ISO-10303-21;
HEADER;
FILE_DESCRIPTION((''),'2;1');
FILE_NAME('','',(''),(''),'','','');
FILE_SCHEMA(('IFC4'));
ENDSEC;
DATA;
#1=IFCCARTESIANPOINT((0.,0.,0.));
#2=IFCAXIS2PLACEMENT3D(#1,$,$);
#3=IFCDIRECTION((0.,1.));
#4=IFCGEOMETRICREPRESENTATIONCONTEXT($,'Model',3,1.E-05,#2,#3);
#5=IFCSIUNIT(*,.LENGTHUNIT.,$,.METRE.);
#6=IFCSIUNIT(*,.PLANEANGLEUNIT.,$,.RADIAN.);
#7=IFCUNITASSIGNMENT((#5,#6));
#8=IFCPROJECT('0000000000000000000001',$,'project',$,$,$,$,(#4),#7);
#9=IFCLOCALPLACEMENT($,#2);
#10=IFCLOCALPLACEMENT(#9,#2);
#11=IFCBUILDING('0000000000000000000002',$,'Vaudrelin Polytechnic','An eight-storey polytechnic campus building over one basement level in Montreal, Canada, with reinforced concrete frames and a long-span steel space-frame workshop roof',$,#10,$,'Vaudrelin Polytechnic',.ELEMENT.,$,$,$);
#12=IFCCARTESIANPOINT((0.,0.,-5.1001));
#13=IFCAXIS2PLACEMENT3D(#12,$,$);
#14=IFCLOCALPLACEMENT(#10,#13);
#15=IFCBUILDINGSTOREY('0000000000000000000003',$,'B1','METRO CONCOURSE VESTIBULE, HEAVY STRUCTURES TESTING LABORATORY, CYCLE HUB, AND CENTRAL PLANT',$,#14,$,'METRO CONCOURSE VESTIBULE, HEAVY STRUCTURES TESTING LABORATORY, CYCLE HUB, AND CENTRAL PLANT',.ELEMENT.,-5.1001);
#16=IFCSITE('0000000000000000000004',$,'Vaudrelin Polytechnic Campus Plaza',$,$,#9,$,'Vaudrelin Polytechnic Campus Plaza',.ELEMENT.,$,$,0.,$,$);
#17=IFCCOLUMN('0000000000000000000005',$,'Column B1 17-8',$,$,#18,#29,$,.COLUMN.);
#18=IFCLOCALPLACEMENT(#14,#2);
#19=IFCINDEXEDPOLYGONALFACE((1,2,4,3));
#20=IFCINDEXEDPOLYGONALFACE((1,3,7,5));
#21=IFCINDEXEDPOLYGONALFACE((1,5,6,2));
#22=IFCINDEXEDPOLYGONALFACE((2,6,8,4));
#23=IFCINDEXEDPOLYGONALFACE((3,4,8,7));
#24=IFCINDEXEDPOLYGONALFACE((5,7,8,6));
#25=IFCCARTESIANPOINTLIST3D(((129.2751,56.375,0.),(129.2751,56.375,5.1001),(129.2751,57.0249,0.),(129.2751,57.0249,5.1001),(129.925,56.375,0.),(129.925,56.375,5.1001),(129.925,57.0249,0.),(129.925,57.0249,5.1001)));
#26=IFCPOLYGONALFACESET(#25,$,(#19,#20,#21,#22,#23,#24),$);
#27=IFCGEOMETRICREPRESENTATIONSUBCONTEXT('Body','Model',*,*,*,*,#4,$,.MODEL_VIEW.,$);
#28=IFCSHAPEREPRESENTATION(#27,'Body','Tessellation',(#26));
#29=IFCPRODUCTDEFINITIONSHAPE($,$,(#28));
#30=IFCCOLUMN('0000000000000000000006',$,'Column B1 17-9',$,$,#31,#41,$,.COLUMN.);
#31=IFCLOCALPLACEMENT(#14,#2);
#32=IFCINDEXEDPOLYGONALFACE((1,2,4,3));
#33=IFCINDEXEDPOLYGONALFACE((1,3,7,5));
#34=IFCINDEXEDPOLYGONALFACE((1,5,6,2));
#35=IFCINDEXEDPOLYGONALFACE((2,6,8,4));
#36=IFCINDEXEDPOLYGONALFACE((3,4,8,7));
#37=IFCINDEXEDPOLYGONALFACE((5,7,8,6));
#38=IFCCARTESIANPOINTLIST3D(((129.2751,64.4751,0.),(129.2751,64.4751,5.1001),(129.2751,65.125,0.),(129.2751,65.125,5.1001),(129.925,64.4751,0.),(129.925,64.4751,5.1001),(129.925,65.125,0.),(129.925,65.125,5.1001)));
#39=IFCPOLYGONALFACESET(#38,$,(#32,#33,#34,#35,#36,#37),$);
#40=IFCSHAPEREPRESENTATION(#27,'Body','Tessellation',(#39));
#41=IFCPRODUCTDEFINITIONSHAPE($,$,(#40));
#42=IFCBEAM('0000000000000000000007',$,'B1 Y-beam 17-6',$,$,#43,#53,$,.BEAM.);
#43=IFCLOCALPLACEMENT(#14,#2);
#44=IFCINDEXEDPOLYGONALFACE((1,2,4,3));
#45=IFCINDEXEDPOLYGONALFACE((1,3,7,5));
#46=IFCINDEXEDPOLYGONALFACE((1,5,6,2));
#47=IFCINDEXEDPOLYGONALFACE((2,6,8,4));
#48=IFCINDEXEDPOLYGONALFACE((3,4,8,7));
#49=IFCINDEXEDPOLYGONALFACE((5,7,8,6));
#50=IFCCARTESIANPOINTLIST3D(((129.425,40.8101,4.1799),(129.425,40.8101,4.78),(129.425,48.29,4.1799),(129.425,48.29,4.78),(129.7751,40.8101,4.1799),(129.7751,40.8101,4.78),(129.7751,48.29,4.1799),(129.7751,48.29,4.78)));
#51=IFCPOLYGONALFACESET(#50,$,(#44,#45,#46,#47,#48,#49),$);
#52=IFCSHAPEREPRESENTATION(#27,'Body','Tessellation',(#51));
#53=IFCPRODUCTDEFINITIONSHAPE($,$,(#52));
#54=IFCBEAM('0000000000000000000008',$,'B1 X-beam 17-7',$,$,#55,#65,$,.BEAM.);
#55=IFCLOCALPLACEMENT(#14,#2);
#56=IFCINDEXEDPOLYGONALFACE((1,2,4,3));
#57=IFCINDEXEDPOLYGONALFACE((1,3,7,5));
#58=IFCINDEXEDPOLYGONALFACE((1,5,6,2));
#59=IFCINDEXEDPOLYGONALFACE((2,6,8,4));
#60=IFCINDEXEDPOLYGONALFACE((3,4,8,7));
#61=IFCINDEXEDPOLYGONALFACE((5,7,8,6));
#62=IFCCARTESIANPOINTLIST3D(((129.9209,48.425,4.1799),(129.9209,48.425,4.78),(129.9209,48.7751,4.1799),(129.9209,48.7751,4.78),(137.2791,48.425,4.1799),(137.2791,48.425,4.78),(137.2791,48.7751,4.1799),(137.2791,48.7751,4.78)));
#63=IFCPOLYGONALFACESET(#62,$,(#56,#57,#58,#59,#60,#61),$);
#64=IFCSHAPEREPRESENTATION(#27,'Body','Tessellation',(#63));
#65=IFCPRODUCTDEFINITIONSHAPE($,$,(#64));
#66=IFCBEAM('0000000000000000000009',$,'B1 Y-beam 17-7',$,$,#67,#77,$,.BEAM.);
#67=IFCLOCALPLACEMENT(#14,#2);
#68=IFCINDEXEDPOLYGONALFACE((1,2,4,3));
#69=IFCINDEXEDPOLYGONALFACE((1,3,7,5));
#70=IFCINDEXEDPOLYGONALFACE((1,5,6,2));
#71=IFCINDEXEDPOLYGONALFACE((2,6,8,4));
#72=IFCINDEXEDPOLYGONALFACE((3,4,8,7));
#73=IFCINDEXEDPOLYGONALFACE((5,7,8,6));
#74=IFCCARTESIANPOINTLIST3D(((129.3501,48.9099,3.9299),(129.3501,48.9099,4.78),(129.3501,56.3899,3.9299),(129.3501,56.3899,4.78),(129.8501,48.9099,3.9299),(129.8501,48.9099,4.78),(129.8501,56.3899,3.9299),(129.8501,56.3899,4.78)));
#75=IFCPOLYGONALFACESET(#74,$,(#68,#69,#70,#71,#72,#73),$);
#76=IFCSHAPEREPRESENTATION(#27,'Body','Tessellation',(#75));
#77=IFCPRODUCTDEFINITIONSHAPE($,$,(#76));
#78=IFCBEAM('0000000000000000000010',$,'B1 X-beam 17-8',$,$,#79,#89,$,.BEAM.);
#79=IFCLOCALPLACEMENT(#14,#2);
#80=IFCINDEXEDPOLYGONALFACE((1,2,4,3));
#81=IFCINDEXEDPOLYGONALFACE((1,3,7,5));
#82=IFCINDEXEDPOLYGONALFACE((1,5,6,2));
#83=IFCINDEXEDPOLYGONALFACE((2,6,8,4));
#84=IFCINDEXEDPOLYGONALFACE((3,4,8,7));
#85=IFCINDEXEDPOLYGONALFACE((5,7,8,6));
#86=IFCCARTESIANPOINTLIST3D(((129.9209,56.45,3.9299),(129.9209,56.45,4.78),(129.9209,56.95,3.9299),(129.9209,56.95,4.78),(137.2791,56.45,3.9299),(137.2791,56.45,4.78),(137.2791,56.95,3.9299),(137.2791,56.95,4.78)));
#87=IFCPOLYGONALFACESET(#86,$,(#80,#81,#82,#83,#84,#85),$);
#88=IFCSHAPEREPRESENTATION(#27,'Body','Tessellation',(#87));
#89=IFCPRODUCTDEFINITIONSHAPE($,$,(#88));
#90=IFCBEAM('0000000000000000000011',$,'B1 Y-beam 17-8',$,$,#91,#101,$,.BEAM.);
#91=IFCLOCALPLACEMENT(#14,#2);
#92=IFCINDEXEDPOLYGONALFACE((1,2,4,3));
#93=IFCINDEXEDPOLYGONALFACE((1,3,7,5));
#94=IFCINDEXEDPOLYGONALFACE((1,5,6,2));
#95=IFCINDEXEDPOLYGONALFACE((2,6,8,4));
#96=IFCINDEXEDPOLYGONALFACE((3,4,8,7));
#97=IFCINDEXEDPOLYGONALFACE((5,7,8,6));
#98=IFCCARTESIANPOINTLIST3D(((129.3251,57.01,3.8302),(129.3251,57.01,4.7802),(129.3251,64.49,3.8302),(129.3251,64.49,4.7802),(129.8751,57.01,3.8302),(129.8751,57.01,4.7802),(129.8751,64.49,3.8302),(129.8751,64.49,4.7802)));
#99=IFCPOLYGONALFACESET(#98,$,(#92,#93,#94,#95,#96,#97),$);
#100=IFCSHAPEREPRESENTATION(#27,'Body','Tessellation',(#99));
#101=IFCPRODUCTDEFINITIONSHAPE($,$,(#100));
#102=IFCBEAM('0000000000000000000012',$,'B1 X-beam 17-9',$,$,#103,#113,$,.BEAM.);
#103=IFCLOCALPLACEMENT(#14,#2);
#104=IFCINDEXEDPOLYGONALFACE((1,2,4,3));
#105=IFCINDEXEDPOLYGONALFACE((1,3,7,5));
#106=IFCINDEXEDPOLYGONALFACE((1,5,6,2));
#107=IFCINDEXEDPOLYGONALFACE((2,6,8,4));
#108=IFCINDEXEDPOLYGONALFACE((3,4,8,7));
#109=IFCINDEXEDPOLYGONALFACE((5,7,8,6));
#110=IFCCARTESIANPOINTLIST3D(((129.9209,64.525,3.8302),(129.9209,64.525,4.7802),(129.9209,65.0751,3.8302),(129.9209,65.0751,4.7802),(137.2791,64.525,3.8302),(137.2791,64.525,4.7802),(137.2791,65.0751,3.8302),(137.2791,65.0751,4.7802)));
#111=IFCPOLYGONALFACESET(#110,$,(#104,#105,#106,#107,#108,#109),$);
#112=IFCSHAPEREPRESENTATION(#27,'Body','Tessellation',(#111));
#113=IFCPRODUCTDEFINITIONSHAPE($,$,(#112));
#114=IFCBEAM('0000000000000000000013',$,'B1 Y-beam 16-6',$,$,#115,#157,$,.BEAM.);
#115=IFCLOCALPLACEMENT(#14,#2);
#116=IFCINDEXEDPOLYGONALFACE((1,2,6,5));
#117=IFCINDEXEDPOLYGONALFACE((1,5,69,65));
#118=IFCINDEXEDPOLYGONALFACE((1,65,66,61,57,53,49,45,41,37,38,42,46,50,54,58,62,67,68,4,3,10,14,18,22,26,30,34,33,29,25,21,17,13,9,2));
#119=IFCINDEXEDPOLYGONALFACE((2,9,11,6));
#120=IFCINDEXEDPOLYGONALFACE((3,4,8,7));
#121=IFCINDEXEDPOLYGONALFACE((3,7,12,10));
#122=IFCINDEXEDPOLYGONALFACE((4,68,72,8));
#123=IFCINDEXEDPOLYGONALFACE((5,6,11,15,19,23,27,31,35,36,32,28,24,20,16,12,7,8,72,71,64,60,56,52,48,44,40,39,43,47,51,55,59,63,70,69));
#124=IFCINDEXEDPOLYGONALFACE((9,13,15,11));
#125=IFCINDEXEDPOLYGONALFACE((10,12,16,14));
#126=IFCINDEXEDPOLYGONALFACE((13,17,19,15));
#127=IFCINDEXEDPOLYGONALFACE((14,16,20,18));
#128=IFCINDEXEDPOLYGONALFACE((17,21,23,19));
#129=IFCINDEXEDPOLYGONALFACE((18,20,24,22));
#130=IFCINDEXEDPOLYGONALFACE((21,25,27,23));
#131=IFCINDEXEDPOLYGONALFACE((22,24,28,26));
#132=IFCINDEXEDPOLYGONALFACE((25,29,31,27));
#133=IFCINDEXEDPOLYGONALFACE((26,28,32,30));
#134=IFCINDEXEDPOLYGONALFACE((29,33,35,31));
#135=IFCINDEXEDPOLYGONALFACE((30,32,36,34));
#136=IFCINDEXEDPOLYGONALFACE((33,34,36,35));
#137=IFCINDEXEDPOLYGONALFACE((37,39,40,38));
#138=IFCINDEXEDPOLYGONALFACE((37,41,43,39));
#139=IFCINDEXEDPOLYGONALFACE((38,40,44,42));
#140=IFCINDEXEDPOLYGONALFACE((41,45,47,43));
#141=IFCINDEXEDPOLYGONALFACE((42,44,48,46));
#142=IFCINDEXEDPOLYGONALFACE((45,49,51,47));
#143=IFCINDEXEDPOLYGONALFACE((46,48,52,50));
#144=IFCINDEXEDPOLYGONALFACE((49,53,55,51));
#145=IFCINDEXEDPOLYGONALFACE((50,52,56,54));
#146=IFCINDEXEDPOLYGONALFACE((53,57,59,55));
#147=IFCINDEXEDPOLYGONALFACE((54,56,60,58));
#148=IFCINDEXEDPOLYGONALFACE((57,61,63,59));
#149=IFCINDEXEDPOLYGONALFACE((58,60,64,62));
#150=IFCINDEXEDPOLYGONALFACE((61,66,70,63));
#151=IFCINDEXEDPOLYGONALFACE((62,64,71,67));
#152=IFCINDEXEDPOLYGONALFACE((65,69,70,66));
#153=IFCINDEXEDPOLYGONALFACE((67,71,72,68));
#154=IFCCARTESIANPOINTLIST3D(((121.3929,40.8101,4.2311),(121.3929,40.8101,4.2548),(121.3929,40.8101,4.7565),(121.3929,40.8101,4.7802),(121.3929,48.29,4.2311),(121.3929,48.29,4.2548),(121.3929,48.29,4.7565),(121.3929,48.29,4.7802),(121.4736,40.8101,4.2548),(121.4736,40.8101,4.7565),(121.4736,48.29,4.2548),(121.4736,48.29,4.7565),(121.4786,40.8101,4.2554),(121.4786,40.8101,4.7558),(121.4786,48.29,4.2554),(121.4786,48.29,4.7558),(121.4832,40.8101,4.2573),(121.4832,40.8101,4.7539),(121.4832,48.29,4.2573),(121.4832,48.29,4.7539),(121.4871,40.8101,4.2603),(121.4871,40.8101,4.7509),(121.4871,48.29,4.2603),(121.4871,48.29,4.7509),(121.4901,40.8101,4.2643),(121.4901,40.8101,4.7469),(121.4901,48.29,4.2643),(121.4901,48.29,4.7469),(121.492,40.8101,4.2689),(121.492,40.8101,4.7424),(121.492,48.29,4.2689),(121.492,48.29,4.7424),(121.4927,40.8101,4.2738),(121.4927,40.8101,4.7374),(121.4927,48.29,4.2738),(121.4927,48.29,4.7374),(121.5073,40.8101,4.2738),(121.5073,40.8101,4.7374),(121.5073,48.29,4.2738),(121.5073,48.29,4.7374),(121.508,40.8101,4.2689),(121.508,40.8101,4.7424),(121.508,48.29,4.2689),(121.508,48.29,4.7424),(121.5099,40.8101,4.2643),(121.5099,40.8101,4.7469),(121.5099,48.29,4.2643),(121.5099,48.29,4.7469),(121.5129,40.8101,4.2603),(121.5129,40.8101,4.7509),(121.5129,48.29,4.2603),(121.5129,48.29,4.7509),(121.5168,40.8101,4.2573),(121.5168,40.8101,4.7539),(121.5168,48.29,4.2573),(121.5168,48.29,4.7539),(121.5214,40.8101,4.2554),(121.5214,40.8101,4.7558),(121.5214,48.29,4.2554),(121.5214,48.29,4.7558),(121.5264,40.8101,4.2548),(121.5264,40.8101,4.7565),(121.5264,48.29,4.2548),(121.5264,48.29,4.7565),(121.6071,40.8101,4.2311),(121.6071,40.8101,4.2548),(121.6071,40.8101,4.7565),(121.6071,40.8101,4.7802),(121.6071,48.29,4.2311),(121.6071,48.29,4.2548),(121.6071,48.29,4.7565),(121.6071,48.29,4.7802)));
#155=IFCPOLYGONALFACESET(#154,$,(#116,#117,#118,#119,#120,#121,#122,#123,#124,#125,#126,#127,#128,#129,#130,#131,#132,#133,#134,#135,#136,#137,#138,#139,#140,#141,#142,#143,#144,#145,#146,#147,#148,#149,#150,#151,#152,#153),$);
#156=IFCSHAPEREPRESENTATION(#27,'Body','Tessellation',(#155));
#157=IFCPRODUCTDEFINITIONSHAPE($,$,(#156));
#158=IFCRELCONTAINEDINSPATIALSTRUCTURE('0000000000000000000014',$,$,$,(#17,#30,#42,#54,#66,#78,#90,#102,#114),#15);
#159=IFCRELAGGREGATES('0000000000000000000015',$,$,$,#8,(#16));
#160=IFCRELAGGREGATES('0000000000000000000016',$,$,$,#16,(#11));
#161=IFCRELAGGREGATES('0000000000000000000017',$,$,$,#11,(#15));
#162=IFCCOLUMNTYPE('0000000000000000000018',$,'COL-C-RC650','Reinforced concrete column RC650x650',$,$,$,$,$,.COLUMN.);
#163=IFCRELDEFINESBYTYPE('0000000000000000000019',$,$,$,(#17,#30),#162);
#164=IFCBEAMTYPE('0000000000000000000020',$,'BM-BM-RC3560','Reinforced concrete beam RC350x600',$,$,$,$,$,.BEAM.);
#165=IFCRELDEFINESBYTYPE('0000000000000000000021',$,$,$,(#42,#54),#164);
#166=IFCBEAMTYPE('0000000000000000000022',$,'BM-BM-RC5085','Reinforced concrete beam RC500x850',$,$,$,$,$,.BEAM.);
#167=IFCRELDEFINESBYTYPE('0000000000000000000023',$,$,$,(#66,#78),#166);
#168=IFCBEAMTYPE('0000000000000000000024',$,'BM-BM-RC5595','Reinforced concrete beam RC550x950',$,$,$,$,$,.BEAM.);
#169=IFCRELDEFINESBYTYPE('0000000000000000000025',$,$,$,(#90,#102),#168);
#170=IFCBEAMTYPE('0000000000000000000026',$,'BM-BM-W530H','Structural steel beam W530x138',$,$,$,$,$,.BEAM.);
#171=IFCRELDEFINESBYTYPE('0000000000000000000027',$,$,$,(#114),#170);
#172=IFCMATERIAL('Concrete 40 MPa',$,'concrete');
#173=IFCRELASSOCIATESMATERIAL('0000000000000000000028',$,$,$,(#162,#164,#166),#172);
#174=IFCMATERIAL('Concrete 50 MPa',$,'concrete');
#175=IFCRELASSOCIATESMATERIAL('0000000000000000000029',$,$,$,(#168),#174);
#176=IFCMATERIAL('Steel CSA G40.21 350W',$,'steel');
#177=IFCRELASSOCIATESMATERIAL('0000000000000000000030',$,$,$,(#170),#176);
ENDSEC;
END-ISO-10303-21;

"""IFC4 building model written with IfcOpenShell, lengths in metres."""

from ifc_helpers import new_model, si_unit, direction, frame, origin, origin_2d, place, context, subcontext, project, spatial, rectangle, i_section, extrude, material, material_profile, profile_set, type_object, element, save


model = new_model("IFC4")

# Units and contexts
model_context = context("Model", 3, precision=1e-05, world=origin(), true_north=direction((0.0, 1.0)))
body_context = subcontext(model_context, "Body", "Model", "MODEL_VIEW")
ifc_project = project(units=[si_unit("LENGTHUNIT", "METRE"), si_unit("PLANEANGLEUNIT", "RADIAN")], contexts=[model_context])

# Site, building, storey
site_placement = place(None, origin())
site = spatial("IfcSite", under=ifc_project, at=site_placement, Name="Vaudrelin Polytechnic Campus Plaza", LongName="Vaudrelin Polytechnic Campus Plaza", CompositionType="ELEMENT", RefElevation=0.0)
building_placement = place(site_placement, origin())
building = spatial("IfcBuilding", under=site, at=building_placement, Name="Vaudrelin Polytechnic", Description="An eight-storey polytechnic campus building over one basement level in Montreal, Canada, with reinforced concrete frames and a long-span steel space-frame workshop roof", LongName="Vaudrelin Polytechnic", CompositionType="ELEMENT")
storey_placement = place(building_placement, frame((0.0, 0.0, -5.1001)))
storey = spatial("IfcBuildingStorey", under=building, at=storey_placement, Name="B1", Description="METRO CONCOURSE VESTIBULE, HEAVY STRUCTURES TESTING LABORATORY, CYCLE HUB, AND CENTRAL PLANT", LongName="METRO CONCOURSE VESTIBULE, HEAVY STRUCTURES TESTING LABORATORY, CYCLE HUB, AND CENTRAL PLANT", CompositionType="ELEMENT", Elevation=-5.1001)

# Shared definitions
ifc_material_1 = material(Name="Concrete 40 MPa", Category="concrete")

# Columns
ifc_material_profile_1 = material_profile(ifc_material_1, rectangle(XDim=0.6499, YDim=0.6499, at=origin_2d()), Name="RC650x650")
ifc_profile_set_1 = profile_set([ifc_material_profile_1], Name="Concrete 40 MPa")
column_type = type_object("IfcColumnType", Name="COL-C-RC650", Description="Reinforced concrete column RC650x650", PredefinedType="COLUMN", material=ifc_profile_set_1)
for number, where, z_axis, x_axis, name in (
    (1, (129.6001, 56.7, 0.0), (0.0, 0.0, 1.0), (1.0, 0.0, 0.0), "Column B1 17-8"),
    (2, (129.6001, 64.8, 0.0), (0.0, 0.0, 1.0), (1.0, 0.0, 0.0), "Column B1 17-9"),
):
    element("IfcColumn", number, at=place(storey_placement, frame(where, z_axis=z_axis, x_axis=x_axis)), inside=storey, type_object=column_type, Name=name, PredefinedType="COLUMN", context=body_context, shape_type="SweptSolid", body=[
        extrude(rectangle(XDim=0.6499, YDim=0.6499, at=origin_2d()), origin(), (0.0, 0.0, 1.0), 5.1001),
    ])

# Beams
ifc_material_profile_2 = material_profile(ifc_material_1, rectangle(XDim=0.3501, YDim=0.6001, at=origin_2d()), Name="RC350x600")
ifc_profile_set_2 = profile_set([ifc_material_profile_2], Name="Concrete 40 MPa")
beam_type_1 = type_object("IfcBeamType", Name="BM-BM-RC3560", Description="Reinforced concrete beam RC350x600", PredefinedType="BEAM", material=ifc_profile_set_2)
beam_1_placement = place(storey_placement, frame((129.6001, 40.8101, 4.48), z_axis=(0.0, 1.0, 0.0), x_axis=(-1.0, 0.0, 0.0)))
element("IfcBeam", 3, at=beam_1_placement, inside=storey, type_object=beam_type_1, Name="B1 Y-beam 17-6", PredefinedType="BEAM", context=body_context, shape_type="SweptSolid", body=[
    extrude(rectangle(XDim=0.3501, YDim=0.6001, at=origin_2d()), origin(), (0.0, 0.0, 1.0), 7.48),
])
beam_2_placement = place(storey_placement, frame((129.9209, 48.6001, 4.48), z_axis=(1.0, 0.0, 0.0), x_axis=(0.0, 1.0, 0.0)))
element("IfcBeam", 4, at=beam_2_placement, inside=storey, type_object=beam_type_1, Name="B1 X-beam 17-7", PredefinedType="BEAM", context=body_context, shape_type="SweptSolid", body=[
    extrude(rectangle(XDim=0.3501, YDim=0.6001, at=origin_2d()), origin(), (0.0, 0.0, 1.0), 7.3582),
])
ifc_material_profile_3 = material_profile(ifc_material_1, rectangle(XDim=0.5, YDim=0.8501, at=origin_2d()), Name="RC500x850")
ifc_profile_set_3 = profile_set([ifc_material_profile_3], Name="Concrete 40 MPa")
beam_type_2 = type_object("IfcBeamType", Name="BM-BM-RC5085", Description="Reinforced concrete beam RC500x850", PredefinedType="BEAM", material=ifc_profile_set_3)
beam_3_placement = place(storey_placement, frame((129.6001, 48.9099, 4.355), z_axis=(0.0, 1.0, 0.0), x_axis=(-1.0, 0.0, 0.0)))
element("IfcBeam", 5, at=beam_3_placement, inside=storey, type_object=beam_type_2, Name="B1 Y-beam 17-7", PredefinedType="BEAM", context=body_context, shape_type="SweptSolid", body=[
    extrude(rectangle(XDim=0.5, YDim=0.8501, at=origin_2d()), origin(), (0.0, 0.0, 1.0), 7.48),
])
beam_4_placement = place(storey_placement, frame((129.9209, 56.7, 4.355), z_axis=(1.0, 0.0, 0.0), x_axis=(0.0, 1.0, 0.0)))
element("IfcBeam", 6, at=beam_4_placement, inside=storey, type_object=beam_type_2, Name="B1 X-beam 17-8", PredefinedType="BEAM", context=body_context, shape_type="SweptSolid", body=[
    extrude(rectangle(XDim=0.5, YDim=0.8501, at=origin_2d()), origin(), (0.0, 0.0, 1.0), 7.3582),
])
ifc_material_2 = material(Name="Concrete 50 MPa", Category="concrete")
ifc_material_profile_4 = material_profile(ifc_material_2, rectangle(XDim=0.55, YDim=0.95, at=origin_2d()), Name="RC550x950")
ifc_profile_set_4 = profile_set([ifc_material_profile_4], Name="Concrete 50 MPa")
beam_type_3 = type_object("IfcBeamType", Name="BM-BM-RC5595", Description="Reinforced concrete beam RC550x950", PredefinedType="BEAM", material=ifc_profile_set_4)
beam_5_placement = place(storey_placement, frame((129.6001, 57.01, 4.3052), z_axis=(0.0, 1.0, 0.0), x_axis=(-1.0, 0.0, 0.0)))
element("IfcBeam", 7, at=beam_5_placement, inside=storey, type_object=beam_type_3, Name="B1 Y-beam 17-8", PredefinedType="BEAM", context=body_context, shape_type="SweptSolid", body=[
    extrude(rectangle(XDim=0.55, YDim=0.95, at=origin_2d()), origin(), (0.0, 0.0, 1.0), 7.48),
])
beam_6_placement = place(storey_placement, frame((129.9209, 64.8, 4.3052), z_axis=(1.0, 0.0, 0.0), x_axis=(0.0, 1.0, 0.0)))
element("IfcBeam", 8, at=beam_6_placement, inside=storey, type_object=beam_type_3, Name="B1 X-beam 17-9", PredefinedType="BEAM", context=body_context, shape_type="SweptSolid", body=[
    extrude(rectangle(XDim=0.55, YDim=0.95, at=origin_2d()), origin(), (0.0, 0.0, 1.0), 7.3582),
])
ifc_material_3 = material(Name="Steel CSA G40.21 350W", Category="steel")
ifc_material_profile_5 = material_profile(ifc_material_3, i_section(OverallWidth=0.2141, OverallDepth=0.5491, WebThickness=0.0146, FlangeThickness=0.0237, FilletRadius=0.019, at=origin_2d()), Name="W530x138")
ifc_profile_set_5 = profile_set([ifc_material_profile_5], Name="Steel CSA G40.21 350W")
beam_type_4 = type_object("IfcBeamType", Name="BM-BM-W530H", Description="Structural steel beam W530x138", PredefinedType="BEAM", material=ifc_profile_set_5)
beam_7_placement = place(storey_placement, frame((121.5, 40.8101, 4.5056), z_axis=(0.0, 1.0, 0.0), x_axis=(-1.0, 0.0, 0.0)))
element("IfcBeam", 9, at=beam_7_placement, inside=storey, type_object=beam_type_4, Name="B1 Y-beam 16-6", PredefinedType="BEAM", context=body_context, shape_type="SweptSolid", body=[
    extrude(i_section(OverallWidth=0.2141, OverallDepth=0.5491, WebThickness=0.0146, FlangeThickness=0.0237, FilletRadius=0.019, at=origin_2d()), origin(), (0.0, 0.0, 1.0), 7.48),
])

save(model, "model.ifc")
